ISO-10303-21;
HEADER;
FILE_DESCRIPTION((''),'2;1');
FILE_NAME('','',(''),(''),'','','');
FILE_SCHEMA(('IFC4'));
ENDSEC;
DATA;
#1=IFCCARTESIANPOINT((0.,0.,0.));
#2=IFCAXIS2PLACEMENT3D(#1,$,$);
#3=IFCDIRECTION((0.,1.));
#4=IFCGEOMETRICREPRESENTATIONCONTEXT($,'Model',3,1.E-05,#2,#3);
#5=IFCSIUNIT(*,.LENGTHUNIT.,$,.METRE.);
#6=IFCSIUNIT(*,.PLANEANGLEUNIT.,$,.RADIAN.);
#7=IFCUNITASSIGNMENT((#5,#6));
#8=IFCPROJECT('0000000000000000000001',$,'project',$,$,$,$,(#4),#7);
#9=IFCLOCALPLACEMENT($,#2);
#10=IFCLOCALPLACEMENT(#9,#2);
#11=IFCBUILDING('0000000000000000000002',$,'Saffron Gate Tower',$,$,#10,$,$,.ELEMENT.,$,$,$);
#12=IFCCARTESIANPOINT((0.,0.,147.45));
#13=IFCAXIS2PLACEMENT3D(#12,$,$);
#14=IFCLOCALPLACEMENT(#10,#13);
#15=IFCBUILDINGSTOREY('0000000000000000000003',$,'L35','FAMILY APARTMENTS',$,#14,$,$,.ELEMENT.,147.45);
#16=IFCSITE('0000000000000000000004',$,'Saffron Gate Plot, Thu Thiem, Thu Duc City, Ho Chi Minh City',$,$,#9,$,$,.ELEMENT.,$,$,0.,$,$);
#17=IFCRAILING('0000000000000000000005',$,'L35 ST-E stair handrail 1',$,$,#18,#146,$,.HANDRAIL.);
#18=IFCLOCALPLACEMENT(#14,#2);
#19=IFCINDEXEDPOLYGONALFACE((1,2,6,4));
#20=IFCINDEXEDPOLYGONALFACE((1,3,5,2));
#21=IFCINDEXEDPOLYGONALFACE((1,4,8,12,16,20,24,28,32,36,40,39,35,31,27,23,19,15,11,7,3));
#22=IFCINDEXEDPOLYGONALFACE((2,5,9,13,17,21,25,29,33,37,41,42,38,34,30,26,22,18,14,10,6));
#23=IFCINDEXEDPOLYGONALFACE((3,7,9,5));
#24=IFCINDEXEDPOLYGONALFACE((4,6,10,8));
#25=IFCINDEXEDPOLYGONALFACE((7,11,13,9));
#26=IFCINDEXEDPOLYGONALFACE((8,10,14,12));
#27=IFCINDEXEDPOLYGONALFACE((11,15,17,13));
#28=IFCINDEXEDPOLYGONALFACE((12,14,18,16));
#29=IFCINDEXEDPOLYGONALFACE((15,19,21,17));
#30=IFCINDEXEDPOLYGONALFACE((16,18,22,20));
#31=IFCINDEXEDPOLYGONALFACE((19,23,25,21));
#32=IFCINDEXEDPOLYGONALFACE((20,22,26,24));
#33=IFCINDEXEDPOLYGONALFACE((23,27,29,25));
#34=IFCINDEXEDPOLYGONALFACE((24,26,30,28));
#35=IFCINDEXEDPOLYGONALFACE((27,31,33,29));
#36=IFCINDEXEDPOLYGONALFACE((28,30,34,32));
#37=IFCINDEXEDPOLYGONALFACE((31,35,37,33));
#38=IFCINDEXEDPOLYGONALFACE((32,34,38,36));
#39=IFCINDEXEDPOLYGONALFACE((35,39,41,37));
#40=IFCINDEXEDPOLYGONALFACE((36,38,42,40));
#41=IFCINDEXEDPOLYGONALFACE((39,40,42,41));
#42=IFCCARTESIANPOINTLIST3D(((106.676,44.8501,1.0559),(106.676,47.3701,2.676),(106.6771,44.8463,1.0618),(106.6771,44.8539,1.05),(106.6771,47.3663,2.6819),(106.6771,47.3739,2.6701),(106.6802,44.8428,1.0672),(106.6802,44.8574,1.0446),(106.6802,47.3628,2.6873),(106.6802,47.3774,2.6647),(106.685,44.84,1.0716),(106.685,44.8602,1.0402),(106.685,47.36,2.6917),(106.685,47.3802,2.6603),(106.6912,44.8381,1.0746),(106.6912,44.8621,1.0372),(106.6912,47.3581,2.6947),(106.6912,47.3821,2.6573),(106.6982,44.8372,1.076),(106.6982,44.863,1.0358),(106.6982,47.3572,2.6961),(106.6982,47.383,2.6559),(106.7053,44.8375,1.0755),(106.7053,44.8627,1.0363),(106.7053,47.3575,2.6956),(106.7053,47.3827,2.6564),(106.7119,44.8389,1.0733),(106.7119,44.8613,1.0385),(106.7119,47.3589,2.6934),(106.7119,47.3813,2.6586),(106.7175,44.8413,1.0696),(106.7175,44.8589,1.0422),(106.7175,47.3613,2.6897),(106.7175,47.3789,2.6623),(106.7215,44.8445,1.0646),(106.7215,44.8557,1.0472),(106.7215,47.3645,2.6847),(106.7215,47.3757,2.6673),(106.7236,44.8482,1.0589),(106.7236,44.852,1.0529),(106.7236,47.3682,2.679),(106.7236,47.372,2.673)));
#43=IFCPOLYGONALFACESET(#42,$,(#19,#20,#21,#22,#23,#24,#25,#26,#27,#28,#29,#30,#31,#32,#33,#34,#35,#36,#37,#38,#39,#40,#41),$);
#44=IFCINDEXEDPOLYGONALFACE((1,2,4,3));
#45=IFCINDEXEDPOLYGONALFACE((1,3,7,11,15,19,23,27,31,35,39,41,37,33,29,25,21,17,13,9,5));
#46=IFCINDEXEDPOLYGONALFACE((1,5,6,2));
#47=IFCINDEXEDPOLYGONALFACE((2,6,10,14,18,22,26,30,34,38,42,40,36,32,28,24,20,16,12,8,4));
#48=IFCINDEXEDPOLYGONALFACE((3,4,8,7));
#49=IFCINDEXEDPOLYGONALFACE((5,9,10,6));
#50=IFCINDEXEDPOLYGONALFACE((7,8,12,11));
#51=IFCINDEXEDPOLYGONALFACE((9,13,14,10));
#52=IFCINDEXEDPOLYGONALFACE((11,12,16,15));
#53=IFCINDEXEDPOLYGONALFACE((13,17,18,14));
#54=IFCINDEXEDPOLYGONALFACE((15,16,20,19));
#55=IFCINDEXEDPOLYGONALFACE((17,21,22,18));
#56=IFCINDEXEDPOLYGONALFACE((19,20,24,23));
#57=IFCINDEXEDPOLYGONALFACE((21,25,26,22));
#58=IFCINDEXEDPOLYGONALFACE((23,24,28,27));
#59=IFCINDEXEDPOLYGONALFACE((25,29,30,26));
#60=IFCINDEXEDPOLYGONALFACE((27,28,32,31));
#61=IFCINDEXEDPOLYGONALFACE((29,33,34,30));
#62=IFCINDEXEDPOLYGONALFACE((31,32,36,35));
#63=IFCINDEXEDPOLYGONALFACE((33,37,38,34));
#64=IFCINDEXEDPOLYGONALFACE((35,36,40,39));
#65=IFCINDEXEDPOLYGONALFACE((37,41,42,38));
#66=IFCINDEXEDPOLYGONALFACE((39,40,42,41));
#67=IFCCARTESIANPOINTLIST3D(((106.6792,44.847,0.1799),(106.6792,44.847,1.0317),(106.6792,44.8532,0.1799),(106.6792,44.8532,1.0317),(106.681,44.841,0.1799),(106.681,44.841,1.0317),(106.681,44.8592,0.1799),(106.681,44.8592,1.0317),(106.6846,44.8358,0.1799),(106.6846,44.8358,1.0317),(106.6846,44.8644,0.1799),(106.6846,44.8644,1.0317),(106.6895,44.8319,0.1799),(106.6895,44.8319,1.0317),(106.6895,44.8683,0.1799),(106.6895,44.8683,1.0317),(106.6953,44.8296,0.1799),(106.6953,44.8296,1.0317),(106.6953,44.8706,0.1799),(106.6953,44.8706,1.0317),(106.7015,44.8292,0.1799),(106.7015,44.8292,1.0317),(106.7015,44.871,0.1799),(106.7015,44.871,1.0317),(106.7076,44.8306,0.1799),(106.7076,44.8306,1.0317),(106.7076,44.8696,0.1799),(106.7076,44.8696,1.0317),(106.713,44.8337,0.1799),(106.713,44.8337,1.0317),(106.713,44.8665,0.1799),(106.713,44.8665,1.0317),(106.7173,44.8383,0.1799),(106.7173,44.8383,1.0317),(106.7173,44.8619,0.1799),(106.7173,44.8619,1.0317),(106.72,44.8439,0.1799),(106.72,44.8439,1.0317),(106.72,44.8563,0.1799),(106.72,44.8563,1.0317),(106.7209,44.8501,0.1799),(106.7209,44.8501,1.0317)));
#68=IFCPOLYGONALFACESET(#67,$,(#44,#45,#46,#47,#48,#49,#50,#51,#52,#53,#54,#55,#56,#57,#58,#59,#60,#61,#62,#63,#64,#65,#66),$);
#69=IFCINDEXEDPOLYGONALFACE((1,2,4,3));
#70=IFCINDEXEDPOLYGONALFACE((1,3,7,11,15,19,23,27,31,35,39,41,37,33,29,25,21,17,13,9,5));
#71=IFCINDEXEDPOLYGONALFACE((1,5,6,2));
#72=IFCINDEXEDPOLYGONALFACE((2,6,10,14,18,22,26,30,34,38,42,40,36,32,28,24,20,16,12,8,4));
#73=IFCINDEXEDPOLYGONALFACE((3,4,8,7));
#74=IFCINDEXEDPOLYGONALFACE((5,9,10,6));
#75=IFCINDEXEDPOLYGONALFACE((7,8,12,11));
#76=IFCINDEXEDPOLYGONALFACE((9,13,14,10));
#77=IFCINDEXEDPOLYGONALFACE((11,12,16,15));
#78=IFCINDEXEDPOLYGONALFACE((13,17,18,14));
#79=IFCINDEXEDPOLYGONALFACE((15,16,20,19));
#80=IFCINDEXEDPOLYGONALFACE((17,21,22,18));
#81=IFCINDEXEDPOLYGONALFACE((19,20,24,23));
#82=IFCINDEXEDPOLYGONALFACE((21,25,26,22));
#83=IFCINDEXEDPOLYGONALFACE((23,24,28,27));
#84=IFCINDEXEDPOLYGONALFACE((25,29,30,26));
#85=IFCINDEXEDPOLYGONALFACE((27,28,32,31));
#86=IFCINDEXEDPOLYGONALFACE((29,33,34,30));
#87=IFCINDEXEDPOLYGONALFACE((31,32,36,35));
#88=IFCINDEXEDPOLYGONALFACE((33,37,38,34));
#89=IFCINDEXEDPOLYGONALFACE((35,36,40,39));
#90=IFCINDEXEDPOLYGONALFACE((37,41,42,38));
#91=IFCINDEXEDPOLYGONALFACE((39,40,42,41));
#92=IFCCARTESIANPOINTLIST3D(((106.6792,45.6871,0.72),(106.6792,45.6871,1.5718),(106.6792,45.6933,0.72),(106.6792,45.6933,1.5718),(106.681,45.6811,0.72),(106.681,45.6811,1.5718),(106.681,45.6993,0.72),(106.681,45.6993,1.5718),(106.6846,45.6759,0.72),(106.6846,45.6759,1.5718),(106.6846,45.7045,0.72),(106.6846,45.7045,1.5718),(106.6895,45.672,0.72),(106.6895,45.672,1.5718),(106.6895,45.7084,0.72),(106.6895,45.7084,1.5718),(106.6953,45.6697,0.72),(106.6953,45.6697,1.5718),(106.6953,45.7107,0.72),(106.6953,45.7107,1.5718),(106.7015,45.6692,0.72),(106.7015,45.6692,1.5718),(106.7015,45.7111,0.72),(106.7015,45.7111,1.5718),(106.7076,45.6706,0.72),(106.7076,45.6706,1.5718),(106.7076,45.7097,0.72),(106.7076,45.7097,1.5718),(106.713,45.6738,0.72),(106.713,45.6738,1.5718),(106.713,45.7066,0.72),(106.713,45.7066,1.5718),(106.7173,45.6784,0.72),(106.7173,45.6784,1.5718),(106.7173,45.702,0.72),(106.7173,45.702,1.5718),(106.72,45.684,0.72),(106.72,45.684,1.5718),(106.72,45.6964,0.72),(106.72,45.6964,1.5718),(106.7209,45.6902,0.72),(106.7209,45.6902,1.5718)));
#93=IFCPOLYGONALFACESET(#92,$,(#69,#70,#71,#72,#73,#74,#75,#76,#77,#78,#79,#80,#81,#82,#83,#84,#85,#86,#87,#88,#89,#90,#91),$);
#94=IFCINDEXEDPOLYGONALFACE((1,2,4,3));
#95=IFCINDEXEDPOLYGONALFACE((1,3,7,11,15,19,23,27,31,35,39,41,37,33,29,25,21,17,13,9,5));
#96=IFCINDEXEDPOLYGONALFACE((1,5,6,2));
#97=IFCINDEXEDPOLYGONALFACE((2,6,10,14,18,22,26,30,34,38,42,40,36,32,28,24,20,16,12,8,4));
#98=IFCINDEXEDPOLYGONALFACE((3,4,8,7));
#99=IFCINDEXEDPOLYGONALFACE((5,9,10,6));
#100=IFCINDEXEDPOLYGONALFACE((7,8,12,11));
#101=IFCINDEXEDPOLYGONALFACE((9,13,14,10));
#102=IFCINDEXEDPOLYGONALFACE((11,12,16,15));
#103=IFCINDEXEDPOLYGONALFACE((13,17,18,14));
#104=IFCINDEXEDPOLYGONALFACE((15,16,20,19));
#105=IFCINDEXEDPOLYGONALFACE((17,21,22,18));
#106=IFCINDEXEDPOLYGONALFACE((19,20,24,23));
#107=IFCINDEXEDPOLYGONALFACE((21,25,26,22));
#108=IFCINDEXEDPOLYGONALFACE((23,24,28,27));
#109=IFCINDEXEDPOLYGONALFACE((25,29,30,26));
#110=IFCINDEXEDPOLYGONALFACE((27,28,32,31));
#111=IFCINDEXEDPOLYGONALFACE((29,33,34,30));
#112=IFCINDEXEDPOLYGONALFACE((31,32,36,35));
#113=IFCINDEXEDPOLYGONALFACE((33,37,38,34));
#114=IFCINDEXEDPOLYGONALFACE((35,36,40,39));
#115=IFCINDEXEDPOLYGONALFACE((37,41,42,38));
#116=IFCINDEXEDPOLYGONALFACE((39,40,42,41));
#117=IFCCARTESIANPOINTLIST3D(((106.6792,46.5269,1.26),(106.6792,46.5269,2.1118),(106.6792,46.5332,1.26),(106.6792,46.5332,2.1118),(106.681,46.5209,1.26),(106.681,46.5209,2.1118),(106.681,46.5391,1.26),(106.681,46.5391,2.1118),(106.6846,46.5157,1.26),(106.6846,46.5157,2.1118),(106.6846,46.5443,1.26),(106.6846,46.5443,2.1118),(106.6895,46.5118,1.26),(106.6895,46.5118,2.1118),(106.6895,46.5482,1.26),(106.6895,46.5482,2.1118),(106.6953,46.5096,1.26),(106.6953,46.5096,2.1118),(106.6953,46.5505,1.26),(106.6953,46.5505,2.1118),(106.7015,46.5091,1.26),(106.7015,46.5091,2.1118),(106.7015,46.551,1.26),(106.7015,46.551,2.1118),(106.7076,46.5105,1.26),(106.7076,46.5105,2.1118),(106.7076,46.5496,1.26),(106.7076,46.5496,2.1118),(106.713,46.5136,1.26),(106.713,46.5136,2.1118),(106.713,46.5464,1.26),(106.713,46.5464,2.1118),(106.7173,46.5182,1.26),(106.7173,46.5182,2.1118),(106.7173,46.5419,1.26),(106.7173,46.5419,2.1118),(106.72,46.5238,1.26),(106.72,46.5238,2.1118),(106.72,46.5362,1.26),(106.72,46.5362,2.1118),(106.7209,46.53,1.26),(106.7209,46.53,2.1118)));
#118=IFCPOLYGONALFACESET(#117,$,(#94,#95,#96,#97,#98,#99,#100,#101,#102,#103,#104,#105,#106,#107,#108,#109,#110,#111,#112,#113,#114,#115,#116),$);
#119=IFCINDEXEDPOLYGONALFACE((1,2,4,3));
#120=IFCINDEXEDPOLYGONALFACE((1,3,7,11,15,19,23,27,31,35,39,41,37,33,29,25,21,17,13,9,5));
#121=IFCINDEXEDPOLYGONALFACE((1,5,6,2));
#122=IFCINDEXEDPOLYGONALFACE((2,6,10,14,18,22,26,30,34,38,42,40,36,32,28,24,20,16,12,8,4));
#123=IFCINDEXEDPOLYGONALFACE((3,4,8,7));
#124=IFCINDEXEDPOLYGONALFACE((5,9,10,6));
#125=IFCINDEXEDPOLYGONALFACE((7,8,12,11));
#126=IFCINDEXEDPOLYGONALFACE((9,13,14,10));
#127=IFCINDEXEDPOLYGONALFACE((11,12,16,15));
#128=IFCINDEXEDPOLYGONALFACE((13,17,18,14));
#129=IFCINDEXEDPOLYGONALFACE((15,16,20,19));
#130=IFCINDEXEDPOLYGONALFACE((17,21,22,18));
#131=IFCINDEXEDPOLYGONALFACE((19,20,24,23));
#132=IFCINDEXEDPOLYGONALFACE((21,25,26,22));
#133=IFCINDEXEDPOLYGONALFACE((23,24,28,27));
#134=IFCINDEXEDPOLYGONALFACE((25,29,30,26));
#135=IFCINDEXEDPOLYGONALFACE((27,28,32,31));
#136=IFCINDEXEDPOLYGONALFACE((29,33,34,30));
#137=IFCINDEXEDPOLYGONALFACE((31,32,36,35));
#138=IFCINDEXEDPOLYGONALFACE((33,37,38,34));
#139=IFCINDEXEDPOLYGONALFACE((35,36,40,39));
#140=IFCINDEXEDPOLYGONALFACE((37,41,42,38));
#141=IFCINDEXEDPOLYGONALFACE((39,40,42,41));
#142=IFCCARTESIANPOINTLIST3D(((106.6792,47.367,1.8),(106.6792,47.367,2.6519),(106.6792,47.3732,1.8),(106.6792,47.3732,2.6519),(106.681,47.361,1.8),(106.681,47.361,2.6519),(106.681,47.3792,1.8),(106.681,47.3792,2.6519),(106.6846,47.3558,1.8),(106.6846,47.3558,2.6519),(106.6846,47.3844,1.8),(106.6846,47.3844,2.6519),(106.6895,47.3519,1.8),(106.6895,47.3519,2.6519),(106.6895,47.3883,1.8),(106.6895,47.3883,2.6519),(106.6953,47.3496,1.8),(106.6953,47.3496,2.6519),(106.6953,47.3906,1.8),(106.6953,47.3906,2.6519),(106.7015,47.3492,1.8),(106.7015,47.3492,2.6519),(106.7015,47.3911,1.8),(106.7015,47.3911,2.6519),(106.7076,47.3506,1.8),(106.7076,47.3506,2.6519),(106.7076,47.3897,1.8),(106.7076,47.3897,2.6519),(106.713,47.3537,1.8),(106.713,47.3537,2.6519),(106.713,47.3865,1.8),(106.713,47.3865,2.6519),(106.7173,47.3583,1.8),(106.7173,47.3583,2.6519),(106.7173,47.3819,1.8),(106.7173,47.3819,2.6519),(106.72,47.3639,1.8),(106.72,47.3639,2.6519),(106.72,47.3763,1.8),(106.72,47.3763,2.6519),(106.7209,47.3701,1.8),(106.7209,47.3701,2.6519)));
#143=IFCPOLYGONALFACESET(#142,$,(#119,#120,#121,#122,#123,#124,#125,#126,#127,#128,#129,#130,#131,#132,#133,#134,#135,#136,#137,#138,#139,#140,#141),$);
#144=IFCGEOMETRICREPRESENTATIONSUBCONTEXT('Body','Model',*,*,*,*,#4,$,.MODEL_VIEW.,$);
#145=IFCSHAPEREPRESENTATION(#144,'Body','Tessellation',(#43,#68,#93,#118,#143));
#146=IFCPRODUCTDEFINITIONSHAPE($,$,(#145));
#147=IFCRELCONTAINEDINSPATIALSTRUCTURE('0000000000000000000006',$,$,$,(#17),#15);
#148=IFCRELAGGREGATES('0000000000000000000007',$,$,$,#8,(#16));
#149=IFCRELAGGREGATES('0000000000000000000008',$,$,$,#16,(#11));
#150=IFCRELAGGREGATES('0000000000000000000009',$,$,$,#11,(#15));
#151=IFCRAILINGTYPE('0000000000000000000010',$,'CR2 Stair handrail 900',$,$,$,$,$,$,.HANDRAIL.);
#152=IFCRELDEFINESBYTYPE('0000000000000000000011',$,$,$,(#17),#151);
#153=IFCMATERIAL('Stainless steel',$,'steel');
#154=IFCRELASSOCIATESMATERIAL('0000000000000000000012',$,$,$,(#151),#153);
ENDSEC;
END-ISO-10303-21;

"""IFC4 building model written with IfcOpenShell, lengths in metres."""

from ifc_helpers import new_model, si_unit, direction, frame, origin, origin_2d, place, context, subcontext, project, spatial, circle, extrude, material, type_object, element, save


model = new_model("IFC4")

# Units and contexts
model_context = context("Model", 3, precision=1e-05, world=origin(), true_north=direction((0.0, 1.0)))
body_context = subcontext(model_context, "Body", "Model", "MODEL_VIEW")
ifc_project = project(units=[si_unit("LENGTHUNIT", "METRE"), si_unit("PLANEANGLEUNIT", "RADIAN")], contexts=[model_context])

# Site, building, storey
site_placement = place(None, origin())
site = spatial("IfcSite", under=ifc_project, at=site_placement, Name="Saffron Gate Plot, Thu Thiem, Thu Duc City, Ho Chi Minh City", CompositionType="ELEMENT", RefElevation=0.0)
building_placement = place(site_placement, origin())
building = spatial("IfcBuilding", under=site, at=building_placement, Name="Saffron Gate Tower", CompositionType="ELEMENT")
storey_placement = place(building_placement, frame((0.0, 0.0, 147.45)))
storey = spatial("IfcBuildingStorey", under=building, at=storey_placement, Name="L35", Description="FAMILY APARTMENTS", CompositionType="ELEMENT", Elevation=147.45)

# Railing
ifc_material_1 = material(Name="Stainless steel", Category="steel")
railing_type_1 = type_object("IfcRailingType", Name="CR2 Stair handrail 900", PredefinedType="HANDRAIL", material=ifc_material_1)
railing_1_placement = place(storey_placement, frame((106.7, 44.8501, 0.1799)))
element("IfcRailing", 1, at=railing_1_placement, inside=storey, type_object=railing_type_1, Name="L35 ST-E stair handrail 1", PredefinedType="HANDRAIL", context=body_context, shape_type="SweptSolid", body=[
    extrude(circle(Radius=0.0239, at=origin_2d()), frame((0.0, 0.0, 0.876), z_axis=(0.0, 0.841163, 0.540782), x_axis=(-1.0, 0.0, 0.0)), (0.0, 0.0, 1.0), 2.9958),
    extrude(circle(Radius=0.021, at=origin_2d()), origin(), (0.0, 0.0, 1.0), 0.8518),
    extrude(circle(Radius=0.021, at=origin_2d()), frame((0.0, 0.8401, 0.54)), (0.0, 0.0, 1.0), 0.8518),
    extrude(circle(Radius=0.021, at=origin_2d()), frame((0.0, 1.6799, 1.0801)), (0.0, 0.0, 1.0), 0.8518),
    extrude(circle(Radius=0.021, at=origin_2d()), frame((0.0, 2.52, 1.6201)), (0.0, 0.0, 1.0), 0.8518),
])

save(model, "model.ifc")
